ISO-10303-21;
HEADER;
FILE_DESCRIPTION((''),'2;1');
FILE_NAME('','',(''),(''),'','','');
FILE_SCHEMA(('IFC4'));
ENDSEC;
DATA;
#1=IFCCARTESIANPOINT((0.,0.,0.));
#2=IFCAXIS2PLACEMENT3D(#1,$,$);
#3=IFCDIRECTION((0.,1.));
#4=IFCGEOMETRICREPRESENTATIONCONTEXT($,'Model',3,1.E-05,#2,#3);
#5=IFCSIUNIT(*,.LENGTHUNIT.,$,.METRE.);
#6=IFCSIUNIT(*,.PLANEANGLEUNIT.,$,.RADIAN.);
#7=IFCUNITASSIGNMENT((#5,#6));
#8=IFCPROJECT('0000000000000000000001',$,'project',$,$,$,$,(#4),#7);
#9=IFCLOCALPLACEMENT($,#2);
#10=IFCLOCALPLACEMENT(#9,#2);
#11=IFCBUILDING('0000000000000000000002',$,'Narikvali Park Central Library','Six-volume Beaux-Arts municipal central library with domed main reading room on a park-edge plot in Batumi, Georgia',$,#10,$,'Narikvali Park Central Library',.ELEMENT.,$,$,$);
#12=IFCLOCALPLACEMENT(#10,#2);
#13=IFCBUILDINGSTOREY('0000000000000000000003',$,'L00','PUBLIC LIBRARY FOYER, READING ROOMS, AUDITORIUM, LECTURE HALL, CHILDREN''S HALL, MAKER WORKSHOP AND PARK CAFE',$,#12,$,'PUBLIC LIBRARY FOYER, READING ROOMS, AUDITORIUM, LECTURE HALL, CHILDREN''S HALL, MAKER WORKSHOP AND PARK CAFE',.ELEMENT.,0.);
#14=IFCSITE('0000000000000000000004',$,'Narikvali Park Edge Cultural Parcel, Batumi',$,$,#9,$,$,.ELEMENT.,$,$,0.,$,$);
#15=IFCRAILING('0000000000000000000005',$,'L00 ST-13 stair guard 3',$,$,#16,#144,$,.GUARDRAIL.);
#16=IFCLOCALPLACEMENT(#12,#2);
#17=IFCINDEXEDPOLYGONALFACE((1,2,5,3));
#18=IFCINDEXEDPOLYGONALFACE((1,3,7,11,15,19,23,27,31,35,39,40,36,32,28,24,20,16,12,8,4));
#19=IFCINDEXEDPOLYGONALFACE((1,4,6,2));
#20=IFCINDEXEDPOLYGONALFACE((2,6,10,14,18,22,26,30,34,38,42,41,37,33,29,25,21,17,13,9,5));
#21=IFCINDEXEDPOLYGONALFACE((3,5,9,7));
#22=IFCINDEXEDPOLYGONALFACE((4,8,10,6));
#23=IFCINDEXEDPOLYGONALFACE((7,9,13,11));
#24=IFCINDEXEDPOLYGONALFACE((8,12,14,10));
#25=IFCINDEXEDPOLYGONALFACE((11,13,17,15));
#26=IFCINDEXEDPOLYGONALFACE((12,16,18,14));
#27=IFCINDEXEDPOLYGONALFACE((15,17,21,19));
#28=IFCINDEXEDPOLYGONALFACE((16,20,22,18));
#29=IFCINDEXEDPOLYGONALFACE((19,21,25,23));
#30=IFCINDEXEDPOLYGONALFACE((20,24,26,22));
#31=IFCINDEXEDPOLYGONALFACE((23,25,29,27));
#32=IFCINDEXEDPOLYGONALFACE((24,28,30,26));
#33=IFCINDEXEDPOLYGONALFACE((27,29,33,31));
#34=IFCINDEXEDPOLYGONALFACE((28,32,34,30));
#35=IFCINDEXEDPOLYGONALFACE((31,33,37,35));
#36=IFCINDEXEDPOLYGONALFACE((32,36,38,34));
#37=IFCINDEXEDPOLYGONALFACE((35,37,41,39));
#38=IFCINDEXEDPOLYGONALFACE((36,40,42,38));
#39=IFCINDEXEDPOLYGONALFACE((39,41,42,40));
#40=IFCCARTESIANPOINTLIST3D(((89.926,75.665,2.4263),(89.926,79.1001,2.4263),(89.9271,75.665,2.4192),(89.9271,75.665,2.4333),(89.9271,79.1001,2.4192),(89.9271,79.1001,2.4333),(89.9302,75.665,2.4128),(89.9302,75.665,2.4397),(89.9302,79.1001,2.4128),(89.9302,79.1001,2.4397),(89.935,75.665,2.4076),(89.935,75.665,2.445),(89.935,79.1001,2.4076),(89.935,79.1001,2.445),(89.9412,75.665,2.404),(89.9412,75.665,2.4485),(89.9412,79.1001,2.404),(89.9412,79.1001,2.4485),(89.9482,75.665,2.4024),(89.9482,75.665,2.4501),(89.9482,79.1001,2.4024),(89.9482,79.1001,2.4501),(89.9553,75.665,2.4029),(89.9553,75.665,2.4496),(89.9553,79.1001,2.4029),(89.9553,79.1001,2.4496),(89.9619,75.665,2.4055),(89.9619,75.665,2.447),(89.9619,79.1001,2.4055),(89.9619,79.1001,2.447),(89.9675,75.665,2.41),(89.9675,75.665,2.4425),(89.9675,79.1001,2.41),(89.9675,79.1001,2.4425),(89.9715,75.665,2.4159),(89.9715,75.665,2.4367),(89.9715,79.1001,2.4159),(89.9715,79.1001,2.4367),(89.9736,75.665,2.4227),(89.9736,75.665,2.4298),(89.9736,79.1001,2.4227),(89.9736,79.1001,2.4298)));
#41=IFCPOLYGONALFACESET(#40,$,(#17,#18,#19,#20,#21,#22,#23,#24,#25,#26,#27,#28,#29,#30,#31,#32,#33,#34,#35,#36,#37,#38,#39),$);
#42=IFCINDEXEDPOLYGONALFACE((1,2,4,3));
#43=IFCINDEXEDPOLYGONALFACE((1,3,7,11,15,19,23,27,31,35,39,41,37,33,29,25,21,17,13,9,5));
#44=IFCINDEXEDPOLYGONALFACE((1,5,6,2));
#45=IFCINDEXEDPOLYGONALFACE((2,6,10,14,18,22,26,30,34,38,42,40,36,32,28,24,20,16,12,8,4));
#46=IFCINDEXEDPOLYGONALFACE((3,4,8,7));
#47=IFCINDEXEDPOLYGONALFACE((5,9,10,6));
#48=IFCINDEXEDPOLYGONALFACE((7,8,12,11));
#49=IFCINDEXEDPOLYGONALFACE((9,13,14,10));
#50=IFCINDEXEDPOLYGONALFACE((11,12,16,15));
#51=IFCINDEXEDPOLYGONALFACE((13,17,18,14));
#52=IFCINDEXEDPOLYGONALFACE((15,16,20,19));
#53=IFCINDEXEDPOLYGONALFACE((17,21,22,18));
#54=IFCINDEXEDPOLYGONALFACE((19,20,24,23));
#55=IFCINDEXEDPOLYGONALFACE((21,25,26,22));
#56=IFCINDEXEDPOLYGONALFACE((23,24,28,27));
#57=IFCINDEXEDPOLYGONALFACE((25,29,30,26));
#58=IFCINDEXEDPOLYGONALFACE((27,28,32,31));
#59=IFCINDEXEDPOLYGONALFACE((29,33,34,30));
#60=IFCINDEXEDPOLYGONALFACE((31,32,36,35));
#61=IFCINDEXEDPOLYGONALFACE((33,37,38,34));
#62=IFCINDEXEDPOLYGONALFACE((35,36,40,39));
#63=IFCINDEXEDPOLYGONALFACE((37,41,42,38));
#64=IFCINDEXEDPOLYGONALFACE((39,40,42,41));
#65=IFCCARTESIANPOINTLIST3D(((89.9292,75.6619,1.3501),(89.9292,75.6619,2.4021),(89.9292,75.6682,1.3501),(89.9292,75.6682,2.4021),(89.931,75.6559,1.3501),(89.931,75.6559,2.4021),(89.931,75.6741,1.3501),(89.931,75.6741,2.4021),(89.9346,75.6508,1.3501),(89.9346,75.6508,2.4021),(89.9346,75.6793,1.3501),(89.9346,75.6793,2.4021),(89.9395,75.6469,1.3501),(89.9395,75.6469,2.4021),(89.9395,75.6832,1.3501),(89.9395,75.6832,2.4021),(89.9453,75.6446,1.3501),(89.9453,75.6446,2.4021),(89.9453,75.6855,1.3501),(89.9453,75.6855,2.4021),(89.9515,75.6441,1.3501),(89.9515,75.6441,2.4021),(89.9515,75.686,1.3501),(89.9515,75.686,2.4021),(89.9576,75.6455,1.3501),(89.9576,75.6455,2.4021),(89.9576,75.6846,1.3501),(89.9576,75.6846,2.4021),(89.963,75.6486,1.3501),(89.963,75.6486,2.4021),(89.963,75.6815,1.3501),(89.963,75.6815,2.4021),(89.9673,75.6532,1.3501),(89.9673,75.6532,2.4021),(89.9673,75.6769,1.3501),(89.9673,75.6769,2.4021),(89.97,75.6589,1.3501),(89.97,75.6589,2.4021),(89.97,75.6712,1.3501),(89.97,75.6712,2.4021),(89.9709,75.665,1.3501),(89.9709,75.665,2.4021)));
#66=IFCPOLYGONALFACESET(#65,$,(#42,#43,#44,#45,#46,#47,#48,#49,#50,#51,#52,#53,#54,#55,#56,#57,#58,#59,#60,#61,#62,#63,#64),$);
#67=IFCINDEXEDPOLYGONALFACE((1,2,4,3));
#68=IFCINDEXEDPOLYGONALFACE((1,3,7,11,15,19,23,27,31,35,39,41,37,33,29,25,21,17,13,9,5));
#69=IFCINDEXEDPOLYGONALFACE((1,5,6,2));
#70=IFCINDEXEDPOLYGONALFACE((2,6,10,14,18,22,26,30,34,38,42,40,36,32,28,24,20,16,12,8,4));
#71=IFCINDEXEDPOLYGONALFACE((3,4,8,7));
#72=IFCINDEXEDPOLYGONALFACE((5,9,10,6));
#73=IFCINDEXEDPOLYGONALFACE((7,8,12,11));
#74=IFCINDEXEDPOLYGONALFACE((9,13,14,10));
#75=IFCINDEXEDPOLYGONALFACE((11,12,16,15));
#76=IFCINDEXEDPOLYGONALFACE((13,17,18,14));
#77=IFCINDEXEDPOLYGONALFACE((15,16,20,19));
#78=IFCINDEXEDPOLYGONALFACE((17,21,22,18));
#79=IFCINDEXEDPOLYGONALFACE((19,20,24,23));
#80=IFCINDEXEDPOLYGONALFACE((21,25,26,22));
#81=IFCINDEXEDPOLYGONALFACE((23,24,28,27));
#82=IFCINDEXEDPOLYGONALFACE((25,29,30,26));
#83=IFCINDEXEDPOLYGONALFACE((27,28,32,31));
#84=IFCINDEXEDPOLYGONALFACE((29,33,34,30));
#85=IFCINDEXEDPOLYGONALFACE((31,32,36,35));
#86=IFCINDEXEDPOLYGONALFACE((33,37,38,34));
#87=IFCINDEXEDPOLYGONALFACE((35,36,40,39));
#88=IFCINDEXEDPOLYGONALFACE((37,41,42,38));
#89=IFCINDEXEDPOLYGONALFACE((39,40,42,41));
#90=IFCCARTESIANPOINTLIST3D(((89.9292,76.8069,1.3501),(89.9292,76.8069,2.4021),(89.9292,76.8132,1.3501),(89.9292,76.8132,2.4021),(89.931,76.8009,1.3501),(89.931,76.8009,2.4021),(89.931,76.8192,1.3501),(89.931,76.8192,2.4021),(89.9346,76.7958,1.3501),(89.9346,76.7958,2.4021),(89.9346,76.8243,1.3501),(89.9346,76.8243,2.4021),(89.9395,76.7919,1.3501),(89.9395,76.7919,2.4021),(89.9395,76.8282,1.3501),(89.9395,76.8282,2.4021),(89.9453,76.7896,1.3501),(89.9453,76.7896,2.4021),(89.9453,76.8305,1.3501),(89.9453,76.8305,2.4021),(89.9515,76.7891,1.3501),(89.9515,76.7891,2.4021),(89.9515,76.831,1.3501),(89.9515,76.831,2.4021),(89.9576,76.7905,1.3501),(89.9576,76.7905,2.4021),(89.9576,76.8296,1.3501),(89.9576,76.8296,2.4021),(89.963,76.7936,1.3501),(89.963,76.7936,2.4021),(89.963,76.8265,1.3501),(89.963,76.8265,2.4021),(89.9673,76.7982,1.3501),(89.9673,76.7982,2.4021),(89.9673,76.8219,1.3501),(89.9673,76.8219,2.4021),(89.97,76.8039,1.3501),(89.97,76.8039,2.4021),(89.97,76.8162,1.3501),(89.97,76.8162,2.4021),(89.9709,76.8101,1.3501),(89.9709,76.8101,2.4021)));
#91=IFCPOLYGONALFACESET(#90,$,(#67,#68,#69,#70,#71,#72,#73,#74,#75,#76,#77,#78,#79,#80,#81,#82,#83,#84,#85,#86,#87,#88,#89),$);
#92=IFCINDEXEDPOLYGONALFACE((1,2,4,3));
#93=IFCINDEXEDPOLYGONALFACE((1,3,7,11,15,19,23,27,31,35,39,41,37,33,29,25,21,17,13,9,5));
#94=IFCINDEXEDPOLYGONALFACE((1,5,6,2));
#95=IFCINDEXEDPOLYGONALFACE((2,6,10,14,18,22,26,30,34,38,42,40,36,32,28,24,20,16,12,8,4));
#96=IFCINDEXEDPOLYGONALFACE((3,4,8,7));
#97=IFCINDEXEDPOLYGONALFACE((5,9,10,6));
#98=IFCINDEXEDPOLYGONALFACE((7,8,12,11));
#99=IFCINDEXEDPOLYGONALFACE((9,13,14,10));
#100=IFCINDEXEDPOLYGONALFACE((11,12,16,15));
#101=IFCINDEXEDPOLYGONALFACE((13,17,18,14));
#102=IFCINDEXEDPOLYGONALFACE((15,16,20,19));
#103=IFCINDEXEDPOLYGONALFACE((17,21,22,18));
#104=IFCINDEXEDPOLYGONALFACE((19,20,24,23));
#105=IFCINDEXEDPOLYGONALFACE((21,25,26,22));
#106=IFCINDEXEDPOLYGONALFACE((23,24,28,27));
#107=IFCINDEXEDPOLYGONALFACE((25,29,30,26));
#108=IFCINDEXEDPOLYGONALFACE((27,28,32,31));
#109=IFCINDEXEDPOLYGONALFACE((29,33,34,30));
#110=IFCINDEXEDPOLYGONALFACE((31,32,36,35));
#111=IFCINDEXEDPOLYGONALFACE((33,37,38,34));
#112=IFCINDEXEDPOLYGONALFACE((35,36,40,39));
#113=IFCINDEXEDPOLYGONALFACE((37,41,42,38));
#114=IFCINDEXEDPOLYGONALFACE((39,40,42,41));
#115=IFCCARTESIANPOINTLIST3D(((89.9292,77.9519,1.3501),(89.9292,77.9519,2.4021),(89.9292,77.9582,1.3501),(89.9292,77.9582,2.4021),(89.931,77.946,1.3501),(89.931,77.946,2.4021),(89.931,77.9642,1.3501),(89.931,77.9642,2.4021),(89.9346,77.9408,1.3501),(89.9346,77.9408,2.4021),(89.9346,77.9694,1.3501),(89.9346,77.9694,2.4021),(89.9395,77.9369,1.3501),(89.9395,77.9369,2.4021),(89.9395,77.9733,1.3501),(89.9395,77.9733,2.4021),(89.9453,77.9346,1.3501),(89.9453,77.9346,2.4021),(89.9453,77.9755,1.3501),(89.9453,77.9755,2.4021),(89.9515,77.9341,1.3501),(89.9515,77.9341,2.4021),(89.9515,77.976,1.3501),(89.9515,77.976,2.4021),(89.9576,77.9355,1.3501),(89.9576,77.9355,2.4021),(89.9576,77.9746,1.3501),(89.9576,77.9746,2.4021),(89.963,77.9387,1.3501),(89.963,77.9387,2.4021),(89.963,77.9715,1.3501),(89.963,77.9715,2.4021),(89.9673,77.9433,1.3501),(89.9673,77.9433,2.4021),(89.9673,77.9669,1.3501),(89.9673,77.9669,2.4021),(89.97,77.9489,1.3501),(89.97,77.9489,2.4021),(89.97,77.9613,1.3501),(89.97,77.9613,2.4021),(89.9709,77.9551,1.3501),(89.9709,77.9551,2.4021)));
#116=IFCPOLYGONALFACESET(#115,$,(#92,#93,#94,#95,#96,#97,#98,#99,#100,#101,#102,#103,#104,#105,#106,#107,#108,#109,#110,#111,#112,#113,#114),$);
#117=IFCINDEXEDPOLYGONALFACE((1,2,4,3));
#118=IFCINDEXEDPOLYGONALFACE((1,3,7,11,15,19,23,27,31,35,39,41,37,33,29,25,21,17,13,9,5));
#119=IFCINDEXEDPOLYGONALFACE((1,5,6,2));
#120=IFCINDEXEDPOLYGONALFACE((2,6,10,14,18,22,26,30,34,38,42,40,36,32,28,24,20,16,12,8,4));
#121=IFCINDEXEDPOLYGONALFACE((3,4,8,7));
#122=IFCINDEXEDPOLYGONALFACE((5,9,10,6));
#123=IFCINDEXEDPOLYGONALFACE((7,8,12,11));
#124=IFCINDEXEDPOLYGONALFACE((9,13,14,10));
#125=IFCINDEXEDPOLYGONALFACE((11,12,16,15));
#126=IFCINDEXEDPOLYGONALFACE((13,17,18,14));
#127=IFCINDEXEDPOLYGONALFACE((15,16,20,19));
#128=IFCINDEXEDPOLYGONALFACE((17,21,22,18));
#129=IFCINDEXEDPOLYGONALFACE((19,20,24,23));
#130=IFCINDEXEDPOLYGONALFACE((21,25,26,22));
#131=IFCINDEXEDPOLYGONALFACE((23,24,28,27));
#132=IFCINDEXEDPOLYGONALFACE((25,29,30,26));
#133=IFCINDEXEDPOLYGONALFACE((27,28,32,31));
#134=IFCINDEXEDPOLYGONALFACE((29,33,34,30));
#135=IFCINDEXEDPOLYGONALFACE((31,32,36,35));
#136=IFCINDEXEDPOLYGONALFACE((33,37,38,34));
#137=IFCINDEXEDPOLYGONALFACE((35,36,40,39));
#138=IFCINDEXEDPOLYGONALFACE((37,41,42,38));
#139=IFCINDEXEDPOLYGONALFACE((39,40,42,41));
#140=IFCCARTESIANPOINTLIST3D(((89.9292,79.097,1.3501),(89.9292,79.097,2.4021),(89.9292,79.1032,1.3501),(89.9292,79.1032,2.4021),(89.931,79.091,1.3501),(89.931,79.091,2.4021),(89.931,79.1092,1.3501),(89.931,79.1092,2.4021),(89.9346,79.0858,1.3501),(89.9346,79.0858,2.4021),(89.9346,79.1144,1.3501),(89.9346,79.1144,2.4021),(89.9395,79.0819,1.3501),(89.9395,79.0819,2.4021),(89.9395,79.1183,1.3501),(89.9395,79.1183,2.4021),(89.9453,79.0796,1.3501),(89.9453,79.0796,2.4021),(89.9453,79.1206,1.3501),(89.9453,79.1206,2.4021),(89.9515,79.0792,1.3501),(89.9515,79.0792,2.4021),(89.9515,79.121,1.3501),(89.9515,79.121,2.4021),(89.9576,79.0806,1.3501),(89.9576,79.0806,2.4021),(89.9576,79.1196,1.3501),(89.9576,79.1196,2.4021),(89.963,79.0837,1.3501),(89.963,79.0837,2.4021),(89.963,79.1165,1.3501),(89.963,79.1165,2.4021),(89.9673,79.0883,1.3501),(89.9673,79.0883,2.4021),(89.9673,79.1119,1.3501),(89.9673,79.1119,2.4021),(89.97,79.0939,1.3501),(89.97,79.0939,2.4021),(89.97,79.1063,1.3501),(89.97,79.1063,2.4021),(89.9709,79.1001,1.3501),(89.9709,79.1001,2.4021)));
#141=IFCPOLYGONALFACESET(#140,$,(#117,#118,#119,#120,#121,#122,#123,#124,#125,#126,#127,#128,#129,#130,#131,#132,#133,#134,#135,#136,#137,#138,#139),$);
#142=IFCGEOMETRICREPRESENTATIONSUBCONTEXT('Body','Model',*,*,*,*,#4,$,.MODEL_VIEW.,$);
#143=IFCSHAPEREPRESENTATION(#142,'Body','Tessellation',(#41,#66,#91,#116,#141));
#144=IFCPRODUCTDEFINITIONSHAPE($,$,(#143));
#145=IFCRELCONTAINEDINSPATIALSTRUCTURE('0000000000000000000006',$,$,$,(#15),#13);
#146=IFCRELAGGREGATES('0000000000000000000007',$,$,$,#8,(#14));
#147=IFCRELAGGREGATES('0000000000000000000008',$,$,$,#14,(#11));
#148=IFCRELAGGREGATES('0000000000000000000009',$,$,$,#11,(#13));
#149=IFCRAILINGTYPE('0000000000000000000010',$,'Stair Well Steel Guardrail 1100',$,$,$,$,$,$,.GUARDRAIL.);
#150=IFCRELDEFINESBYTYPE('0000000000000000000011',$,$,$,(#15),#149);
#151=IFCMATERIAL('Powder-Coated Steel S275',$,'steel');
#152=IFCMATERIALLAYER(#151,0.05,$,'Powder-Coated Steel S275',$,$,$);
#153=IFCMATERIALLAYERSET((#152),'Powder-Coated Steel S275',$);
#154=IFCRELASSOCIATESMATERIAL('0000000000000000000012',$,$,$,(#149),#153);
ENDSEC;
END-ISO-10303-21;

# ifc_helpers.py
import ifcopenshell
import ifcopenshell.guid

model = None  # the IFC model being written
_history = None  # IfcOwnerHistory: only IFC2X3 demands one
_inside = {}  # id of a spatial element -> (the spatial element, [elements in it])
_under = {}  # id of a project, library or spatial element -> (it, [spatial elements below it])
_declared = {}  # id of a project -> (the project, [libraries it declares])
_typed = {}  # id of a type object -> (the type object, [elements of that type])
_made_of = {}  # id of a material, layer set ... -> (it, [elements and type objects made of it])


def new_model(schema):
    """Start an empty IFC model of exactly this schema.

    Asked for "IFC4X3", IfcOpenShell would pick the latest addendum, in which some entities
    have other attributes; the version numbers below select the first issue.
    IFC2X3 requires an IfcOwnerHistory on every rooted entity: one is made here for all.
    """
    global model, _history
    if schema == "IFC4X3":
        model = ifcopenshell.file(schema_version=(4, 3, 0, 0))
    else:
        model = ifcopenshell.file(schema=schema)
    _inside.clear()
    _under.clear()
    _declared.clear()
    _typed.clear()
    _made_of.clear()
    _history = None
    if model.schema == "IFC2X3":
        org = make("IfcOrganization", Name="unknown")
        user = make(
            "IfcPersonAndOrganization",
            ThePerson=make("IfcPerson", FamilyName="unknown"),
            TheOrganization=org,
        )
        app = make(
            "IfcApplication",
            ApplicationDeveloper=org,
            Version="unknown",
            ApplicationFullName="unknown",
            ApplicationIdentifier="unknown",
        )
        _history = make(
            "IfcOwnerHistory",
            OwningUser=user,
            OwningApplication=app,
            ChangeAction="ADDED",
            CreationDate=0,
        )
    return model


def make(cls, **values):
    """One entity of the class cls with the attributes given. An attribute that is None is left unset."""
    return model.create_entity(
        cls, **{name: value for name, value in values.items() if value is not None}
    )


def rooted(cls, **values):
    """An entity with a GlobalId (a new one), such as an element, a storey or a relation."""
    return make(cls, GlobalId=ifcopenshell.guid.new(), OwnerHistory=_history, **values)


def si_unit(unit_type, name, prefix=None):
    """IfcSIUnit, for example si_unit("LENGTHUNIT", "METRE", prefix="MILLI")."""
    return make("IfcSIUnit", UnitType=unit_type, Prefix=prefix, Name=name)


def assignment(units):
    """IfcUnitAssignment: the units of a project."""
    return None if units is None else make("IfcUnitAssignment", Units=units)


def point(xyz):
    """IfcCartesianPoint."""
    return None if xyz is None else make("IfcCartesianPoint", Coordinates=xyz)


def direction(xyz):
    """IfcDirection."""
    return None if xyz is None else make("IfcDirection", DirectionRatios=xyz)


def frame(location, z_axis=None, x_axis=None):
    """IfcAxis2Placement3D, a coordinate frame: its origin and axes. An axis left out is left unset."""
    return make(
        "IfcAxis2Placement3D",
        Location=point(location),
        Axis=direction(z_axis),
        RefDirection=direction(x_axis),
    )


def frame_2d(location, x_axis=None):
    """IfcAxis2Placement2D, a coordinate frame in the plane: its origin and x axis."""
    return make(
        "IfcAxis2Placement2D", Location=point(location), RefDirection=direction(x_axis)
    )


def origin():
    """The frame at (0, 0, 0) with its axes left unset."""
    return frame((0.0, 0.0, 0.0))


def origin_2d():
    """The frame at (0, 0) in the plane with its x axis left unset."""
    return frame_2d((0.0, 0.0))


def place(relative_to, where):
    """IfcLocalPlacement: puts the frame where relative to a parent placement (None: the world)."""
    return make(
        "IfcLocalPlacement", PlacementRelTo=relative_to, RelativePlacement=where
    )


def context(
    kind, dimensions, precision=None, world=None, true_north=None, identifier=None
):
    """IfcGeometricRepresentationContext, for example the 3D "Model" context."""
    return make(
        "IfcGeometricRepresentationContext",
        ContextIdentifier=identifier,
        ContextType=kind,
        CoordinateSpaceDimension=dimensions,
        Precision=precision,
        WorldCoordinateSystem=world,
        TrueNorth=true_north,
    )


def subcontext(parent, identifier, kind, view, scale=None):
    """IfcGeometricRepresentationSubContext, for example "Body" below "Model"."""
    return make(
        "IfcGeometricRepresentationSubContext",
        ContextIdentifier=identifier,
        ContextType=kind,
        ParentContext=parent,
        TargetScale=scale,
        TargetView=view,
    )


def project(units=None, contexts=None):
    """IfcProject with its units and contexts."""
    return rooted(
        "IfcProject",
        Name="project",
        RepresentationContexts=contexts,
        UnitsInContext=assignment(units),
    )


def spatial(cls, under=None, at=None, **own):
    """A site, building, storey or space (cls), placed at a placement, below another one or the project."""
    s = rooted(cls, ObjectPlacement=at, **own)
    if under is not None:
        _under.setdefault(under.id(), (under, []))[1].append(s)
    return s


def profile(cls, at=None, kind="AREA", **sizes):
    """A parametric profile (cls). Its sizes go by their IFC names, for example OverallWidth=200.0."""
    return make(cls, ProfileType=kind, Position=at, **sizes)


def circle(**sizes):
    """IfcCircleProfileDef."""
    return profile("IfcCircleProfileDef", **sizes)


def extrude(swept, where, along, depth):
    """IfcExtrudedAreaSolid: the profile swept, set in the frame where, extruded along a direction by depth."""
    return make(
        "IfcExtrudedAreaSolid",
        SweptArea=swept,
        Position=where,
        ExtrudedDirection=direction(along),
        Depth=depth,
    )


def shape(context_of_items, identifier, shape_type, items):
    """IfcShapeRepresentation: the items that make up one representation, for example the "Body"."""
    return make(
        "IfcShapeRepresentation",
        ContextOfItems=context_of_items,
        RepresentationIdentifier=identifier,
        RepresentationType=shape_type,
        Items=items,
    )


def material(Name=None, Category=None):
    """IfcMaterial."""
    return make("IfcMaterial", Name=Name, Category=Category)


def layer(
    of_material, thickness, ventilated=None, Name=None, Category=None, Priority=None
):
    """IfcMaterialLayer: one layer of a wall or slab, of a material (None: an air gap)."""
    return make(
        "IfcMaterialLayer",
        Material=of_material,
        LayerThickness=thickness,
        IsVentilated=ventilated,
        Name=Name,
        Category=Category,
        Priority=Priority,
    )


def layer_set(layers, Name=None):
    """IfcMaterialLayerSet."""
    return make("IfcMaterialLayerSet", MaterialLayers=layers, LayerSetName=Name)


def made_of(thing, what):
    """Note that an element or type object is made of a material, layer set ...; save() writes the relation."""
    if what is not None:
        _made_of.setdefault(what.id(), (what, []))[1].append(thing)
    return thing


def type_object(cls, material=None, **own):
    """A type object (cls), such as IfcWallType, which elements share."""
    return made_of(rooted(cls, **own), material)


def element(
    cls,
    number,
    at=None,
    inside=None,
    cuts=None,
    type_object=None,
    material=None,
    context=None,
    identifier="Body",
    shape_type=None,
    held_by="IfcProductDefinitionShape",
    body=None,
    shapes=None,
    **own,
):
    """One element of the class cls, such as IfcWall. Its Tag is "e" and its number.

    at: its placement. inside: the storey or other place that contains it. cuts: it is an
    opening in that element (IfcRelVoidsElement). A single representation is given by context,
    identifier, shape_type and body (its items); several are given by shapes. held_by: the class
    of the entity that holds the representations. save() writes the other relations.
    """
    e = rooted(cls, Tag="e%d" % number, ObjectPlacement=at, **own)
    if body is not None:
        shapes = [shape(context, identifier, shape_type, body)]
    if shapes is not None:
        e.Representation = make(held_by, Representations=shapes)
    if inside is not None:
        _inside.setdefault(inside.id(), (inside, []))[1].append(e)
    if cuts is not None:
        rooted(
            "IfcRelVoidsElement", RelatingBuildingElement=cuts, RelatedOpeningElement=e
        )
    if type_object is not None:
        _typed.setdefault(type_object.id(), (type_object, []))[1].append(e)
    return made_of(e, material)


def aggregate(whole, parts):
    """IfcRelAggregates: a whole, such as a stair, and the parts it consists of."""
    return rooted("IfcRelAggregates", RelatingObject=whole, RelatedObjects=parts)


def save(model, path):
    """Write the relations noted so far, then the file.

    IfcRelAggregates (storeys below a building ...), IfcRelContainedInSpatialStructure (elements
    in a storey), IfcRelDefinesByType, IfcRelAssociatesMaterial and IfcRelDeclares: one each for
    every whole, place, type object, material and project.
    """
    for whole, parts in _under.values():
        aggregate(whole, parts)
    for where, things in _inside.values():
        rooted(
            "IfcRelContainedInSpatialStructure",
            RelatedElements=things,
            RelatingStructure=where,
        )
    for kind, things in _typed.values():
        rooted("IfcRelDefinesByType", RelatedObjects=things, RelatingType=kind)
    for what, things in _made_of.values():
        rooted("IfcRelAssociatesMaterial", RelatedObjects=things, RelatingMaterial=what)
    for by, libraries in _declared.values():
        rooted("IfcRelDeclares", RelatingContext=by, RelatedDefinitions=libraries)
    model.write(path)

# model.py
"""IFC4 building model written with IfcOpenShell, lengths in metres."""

from ifc_helpers import new_model, si_unit, direction, frame, origin, origin_2d, place, context, subcontext, project, spatial, circle, extrude, material, layer, layer_set, type_object, element, save


model = new_model("IFC4")

# Units and contexts
model_context = context("Model", 3, precision=1e-05, world=origin(), true_north=direction((0.0, 1.0)))
body_context = subcontext(model_context, "Body", "Model", "MODEL_VIEW")
ifc_project = project(units=[si_unit("LENGTHUNIT", "METRE"), si_unit("PLANEANGLEUNIT", "RADIAN")], contexts=[model_context])

# Site, building, storey
site_placement = place(None, origin())
site = spatial("IfcSite", under=ifc_project, at=site_placement, Name="Narikvali Park Edge Cultural Parcel, Batumi", CompositionType="ELEMENT", RefElevation=0.0)
building_placement = place(site_placement, origin())
building = spatial("IfcBuilding", under=site, at=building_placement, Name="Narikvali Park Central Library", Description="Six-volume Beaux-Arts municipal central library with domed main reading room on a park-edge plot in Batumi, Georgia", LongName="Narikvali Park Central Library", CompositionType="ELEMENT")
storey_placement = place(building_placement, origin())
storey = spatial("IfcBuildingStorey", under=building, at=storey_placement, Name="L00", Description="PUBLIC LIBRARY FOYER, READING ROOMS, AUDITORIUM, LECTURE HALL, CHILDREN'S HALL, MAKER WORKSHOP AND PARK CAFE", LongName="PUBLIC LIBRARY FOYER, READING ROOMS, AUDITORIUM, LECTURE HALL, CHILDREN'S HALL, MAKER WORKSHOP AND PARK CAFE", CompositionType="ELEMENT", Elevation=0.0)

# Railing
ifc_material_1 = material(Name="Powder-Coated Steel S275", Category="steel")
ifc_layer_1 = layer(ifc_material_1, 0.05, Name="Powder-Coated Steel S275")
ifc_layer_set_1 = layer_set([ifc_layer_1], Name="Powder-Coated Steel S275")
railing_type_1 = type_object("IfcRailingType", Name="Stair Well Steel Guardrail 1100", PredefinedType="GUARDRAIL", material=ifc_layer_set_1)
railing_1_placement = place(storey_placement, frame((89.95, 75.665, 1.3501)))
element("IfcRailing", 1, at=railing_1_placement, inside=storey, type_object=railing_type_1, Name="L00 ST-13 stair guard 3", PredefinedType="GUARDRAIL", context=body_context, shape_type="SweptSolid", body=[
    extrude(circle(Radius=0.0239, at=origin_2d()), frame((0.0, 0.0, 1.0762), z_axis=(0.0, 1.0, 0.0), x_axis=(-1.0, 0.0, 0.0)), (0.0, 0.0, 1.0), 3.4351),
    extrude(circle(Radius=0.021, at=origin_2d()), origin(), (0.0, 0.0, 1.0), 1.052),
    extrude(circle(Radius=0.021, at=origin_2d()), frame((0.0, 1.145, 0.0)), (0.0, 0.0, 1.0), 1.052),
    extrude(circle(Radius=0.021, at=origin_2d()), frame((0.0, 2.29, 0.0)), (0.0, 0.0, 1.0), 1.052),
    extrude(circle(Radius=0.021, at=origin_2d()), frame((0.0, 3.4351, 0.0)), (0.0, 0.0, 1.0), 1.052),
])

save(model, "model.ifc")
